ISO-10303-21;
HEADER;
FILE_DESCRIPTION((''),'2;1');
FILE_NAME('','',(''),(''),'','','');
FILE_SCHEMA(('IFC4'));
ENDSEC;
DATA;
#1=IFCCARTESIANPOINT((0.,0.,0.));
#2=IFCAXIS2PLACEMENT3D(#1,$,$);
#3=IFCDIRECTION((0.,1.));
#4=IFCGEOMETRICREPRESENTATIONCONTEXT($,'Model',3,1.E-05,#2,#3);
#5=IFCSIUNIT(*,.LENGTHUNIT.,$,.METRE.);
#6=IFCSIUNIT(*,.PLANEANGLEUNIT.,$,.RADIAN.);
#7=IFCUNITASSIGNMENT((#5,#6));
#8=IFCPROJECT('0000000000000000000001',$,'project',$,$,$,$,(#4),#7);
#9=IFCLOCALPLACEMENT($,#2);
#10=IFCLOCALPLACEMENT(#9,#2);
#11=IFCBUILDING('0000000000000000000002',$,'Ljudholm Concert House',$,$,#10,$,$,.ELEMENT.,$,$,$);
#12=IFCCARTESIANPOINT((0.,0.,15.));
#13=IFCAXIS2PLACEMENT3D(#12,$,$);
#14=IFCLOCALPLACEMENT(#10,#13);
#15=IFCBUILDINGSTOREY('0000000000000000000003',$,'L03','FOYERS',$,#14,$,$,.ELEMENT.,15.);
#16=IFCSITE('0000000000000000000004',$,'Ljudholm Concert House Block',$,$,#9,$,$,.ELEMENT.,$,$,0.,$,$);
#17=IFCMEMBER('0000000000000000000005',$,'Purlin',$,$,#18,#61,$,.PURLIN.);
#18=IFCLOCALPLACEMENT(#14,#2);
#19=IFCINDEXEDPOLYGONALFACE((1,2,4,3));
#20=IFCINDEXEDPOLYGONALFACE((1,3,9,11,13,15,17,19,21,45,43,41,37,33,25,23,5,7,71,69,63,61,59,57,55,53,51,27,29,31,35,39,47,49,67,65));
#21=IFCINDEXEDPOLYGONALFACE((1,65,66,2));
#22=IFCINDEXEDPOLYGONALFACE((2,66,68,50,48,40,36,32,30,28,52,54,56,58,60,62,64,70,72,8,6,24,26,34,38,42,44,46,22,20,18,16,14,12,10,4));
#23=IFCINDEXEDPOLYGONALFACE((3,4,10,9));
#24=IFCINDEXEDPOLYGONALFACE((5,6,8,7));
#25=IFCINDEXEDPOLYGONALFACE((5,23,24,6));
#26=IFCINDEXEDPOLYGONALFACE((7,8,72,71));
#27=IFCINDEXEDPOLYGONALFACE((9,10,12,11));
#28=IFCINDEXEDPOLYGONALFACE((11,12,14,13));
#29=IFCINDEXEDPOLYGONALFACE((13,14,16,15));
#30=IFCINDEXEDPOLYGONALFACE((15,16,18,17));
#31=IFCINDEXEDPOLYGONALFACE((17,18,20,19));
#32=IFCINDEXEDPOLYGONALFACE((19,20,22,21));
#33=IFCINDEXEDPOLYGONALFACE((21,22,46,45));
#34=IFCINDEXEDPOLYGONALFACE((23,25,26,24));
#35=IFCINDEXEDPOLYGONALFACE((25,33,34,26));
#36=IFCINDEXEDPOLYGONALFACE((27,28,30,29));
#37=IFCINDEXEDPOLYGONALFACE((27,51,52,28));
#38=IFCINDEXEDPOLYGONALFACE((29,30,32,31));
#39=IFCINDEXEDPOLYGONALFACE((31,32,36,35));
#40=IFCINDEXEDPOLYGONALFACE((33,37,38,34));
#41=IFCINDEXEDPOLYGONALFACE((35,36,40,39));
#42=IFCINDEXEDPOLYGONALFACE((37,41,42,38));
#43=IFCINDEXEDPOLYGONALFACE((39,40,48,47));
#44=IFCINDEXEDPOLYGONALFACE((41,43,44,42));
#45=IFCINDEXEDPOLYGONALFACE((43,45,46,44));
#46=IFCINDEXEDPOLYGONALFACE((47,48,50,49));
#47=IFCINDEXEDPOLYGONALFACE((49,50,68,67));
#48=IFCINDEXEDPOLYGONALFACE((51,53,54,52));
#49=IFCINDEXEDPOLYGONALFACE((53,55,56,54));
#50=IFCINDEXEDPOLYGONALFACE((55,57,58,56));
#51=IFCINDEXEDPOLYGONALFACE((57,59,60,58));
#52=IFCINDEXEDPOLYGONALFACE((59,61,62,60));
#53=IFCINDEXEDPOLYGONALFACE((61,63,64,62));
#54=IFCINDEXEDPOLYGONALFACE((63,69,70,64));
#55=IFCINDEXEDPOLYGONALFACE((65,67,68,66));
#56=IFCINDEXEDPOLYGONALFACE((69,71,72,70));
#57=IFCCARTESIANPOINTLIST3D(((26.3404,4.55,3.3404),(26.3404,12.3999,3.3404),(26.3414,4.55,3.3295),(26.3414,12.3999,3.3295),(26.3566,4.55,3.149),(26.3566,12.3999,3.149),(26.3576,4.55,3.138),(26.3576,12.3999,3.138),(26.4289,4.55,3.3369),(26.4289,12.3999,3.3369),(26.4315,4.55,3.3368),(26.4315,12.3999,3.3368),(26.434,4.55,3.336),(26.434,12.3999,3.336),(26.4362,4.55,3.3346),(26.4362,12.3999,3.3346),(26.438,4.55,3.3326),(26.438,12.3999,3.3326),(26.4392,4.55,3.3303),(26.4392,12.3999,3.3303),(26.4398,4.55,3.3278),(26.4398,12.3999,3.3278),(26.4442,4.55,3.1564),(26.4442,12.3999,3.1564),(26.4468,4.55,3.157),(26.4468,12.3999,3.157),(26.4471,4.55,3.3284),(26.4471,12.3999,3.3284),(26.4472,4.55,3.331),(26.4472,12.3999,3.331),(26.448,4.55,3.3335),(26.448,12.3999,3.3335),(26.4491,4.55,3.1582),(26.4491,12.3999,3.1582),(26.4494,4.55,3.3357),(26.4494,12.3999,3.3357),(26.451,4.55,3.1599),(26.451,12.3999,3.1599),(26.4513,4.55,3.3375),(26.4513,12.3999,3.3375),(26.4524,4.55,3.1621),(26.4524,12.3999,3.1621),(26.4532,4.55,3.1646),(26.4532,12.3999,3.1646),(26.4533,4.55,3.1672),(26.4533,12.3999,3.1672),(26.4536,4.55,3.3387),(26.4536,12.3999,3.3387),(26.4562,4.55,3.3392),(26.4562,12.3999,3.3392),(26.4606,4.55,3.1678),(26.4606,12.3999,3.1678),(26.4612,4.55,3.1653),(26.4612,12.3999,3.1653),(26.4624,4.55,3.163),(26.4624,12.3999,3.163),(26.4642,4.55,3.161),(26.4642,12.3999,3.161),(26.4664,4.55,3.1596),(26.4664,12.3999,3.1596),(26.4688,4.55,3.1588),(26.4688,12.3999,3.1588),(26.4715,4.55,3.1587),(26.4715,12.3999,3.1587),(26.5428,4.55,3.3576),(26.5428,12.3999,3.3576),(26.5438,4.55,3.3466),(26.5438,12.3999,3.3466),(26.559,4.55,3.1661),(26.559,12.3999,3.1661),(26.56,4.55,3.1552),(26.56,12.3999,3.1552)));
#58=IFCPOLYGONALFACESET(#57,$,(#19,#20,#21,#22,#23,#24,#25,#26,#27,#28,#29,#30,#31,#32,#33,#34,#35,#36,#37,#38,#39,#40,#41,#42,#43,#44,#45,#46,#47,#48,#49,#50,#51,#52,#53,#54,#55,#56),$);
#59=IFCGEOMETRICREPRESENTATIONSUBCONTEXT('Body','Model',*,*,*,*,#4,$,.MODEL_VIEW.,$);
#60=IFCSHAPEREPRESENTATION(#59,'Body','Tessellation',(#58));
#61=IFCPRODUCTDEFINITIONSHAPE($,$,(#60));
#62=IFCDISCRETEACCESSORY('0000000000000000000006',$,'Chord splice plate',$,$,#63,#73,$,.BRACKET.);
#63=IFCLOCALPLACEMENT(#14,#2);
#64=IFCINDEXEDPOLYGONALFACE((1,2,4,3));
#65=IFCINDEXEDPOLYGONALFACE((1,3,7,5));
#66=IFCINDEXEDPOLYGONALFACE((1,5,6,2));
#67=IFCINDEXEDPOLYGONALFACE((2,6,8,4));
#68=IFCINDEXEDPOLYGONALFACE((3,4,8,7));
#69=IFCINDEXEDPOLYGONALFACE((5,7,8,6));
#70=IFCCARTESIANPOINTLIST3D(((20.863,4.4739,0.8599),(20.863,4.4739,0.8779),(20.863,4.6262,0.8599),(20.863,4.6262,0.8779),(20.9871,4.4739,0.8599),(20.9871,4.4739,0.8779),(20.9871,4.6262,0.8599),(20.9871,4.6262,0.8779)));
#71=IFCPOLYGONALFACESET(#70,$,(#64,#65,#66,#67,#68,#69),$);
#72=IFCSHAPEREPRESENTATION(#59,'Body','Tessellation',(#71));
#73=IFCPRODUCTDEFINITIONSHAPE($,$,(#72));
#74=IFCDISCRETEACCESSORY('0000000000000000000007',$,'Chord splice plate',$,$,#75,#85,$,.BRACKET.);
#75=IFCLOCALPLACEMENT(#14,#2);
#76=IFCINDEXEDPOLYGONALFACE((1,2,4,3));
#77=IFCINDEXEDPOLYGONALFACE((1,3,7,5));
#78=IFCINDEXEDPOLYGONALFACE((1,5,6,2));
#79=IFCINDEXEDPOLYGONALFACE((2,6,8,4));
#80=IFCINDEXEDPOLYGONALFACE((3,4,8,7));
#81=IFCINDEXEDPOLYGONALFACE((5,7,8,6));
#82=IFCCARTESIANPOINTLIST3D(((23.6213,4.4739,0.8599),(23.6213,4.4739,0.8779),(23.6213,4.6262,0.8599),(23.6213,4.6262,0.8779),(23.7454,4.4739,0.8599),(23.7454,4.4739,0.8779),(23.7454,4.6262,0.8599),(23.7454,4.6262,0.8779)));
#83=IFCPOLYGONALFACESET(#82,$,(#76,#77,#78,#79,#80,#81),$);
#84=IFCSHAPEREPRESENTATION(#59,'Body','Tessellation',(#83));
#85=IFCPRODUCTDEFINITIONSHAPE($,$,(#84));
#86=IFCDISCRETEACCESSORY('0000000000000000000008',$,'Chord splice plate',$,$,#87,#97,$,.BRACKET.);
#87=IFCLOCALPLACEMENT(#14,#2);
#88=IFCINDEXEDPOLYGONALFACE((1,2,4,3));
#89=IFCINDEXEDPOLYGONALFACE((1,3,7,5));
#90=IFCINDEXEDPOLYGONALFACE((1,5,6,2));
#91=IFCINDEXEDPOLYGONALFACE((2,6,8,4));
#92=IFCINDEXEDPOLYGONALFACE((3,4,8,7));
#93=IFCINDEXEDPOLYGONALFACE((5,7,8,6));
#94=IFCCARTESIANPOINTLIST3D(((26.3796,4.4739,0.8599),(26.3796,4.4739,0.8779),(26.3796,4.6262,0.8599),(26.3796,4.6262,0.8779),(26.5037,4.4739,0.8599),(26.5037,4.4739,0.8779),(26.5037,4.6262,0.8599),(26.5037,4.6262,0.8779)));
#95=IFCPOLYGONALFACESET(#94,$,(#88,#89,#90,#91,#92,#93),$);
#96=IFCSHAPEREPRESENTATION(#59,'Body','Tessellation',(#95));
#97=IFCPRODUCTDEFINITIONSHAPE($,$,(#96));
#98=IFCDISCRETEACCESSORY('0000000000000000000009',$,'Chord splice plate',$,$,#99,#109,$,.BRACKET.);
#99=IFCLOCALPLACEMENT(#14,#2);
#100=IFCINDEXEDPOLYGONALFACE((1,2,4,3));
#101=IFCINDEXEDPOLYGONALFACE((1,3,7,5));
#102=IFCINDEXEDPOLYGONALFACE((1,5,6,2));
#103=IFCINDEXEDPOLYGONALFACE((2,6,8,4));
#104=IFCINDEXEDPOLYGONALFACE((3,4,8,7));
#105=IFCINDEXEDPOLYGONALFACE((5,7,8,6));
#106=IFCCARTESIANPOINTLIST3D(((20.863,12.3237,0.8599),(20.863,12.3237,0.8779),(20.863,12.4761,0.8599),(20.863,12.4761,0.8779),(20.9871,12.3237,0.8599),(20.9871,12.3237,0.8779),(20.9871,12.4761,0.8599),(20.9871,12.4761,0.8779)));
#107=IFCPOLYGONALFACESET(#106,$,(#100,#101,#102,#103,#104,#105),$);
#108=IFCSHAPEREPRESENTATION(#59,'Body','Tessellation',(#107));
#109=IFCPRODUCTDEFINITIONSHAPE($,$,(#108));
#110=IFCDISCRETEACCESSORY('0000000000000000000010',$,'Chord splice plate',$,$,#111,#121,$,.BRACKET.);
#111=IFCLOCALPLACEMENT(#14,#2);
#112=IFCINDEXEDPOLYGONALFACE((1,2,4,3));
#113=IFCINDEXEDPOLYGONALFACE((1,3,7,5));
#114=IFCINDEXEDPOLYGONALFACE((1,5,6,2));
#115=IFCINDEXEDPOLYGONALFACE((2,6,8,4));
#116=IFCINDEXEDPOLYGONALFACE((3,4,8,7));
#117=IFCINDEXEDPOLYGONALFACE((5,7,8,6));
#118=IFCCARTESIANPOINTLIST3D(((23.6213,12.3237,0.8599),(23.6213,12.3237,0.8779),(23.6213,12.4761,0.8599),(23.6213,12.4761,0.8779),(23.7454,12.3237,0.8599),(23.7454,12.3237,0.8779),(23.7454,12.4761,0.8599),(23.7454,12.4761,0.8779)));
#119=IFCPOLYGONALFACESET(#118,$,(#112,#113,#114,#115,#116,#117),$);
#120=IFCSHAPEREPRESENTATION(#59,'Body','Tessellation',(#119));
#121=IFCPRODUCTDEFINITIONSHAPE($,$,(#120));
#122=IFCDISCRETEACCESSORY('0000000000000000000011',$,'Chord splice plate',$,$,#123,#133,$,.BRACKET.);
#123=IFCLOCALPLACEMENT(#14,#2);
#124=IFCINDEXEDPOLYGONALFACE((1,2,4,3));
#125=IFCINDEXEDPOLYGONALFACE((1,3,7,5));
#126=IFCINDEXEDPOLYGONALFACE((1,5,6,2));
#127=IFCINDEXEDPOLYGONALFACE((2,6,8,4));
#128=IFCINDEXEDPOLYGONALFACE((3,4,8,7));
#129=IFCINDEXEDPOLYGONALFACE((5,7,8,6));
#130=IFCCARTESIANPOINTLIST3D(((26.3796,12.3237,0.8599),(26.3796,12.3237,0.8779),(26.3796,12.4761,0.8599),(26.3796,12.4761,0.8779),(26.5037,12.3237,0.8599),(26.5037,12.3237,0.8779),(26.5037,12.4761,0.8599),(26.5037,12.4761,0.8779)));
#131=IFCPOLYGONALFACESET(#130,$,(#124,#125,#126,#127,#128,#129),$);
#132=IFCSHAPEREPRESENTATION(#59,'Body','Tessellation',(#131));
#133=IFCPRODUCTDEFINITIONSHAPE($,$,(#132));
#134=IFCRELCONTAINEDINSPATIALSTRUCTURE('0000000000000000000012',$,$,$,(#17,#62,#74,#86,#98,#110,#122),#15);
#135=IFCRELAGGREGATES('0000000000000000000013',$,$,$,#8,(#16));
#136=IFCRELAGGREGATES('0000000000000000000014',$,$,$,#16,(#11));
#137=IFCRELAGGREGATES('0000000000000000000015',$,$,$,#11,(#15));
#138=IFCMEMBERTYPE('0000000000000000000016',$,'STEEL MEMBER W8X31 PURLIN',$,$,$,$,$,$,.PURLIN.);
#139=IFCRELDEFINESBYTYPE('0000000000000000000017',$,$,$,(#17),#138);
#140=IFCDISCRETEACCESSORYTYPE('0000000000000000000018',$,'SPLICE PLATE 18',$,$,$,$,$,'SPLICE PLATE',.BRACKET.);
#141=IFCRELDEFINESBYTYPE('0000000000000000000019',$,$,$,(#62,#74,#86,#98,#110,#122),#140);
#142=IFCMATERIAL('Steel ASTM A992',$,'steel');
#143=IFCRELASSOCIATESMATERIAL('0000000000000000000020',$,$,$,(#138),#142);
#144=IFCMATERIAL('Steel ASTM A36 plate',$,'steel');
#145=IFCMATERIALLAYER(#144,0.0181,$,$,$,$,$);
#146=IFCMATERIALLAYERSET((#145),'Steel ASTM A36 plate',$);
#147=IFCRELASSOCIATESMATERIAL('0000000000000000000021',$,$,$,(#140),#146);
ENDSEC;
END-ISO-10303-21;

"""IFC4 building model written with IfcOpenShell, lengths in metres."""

from ifc_helpers import new_model, si_unit, direction, frame, origin, origin_2d, place, context, subcontext, project, spatial, rectangle, i_section, extrude, material, layer, layer_set, material_profile, profile_set, type_object, element, save


model = new_model("IFC4")

# Units and contexts
model_context = context("Model", 3, precision=1e-05, world=origin(), true_north=direction((0.0, 1.0)))
body_context = subcontext(model_context, "Body", "Model", "MODEL_VIEW")
ifc_project = project(units=[si_unit("LENGTHUNIT", "METRE"), si_unit("PLANEANGLEUNIT", "RADIAN")], contexts=[model_context])

# Site, building, storey
site_placement = place(None, origin())
site = spatial("IfcSite", under=ifc_project, at=site_placement, Name="Ljudholm Concert House Block", CompositionType="ELEMENT", RefElevation=0.0)
building_placement = place(site_placement, origin())
building = spatial("IfcBuilding", under=site, at=building_placement, Name="Ljudholm Concert House", CompositionType="ELEMENT")
storey_placement = place(building_placement, frame((0.0, 0.0, 15.0)))
storey = spatial("IfcBuildingStorey", under=building, at=storey_placement, Name="L03", Description="FOYERS", CompositionType="ELEMENT", Elevation=15.0)

# Member
ifc_material_1 = material(Name="Steel ASTM A992", Category="steel")
ifc_material_profile_1 = material_profile(ifc_material_1, i_section(OverallWidth=0.2031, OverallDepth=0.2031, WebThickness=0.0073, FlangeThickness=0.011, FilletRadius=0.01, at=origin_2d()), Name="W8X31")
ifc_profile_set_1 = profile_set([ifc_material_profile_1], Name="Steel ASTM A992")
member_type_1 = type_object("IfcMemberType", Name="STEEL MEMBER W8X31 PURLIN", PredefinedType="PURLIN", material=ifc_profile_set_1)
for number, where, z_axis, x_axis, name in (
    (1, (26.4502, 4.55, 3.2478), (0.0, 1.0, 0.0), (-0.996441, 0.0, -0.084291), "Purlin"),
):
    element("IfcMember", number, at=place(storey_placement, frame(where, z_axis=z_axis, x_axis=x_axis)), inside=storey, type_object=member_type_1, Name=name, PredefinedType="PURLIN", context=body_context, shape_type="SweptSolid", body=[
        extrude(i_section(OverallWidth=0.2031, OverallDepth=0.2031, WebThickness=0.0073, FlangeThickness=0.011, FilletRadius=0.01, at=origin_2d()), origin(), (0.0, 0.0, 1.0), 7.8499),
    ])

# Discrete accessories
ifc_material_2 = material(Name="Steel ASTM A36 plate", Category="steel")
ifc_layer = layer(ifc_material_2, 0.0181)
ifc_layer_set = layer_set([ifc_layer], Name="Steel ASTM A36 plate")
discrete_accessory_type = type_object("IfcDiscreteAccessoryType", Name="SPLICE PLATE 18", ElementType="SPLICE PLATE", PredefinedType="BRACKET", material=ifc_layer_set)
for number, where, z_axis, x_axis, name in (
    (2, (20.925, 4.55, 0.8599), (0.0, 0.0, 1.0), (1.0, 0.0, 0.0), "Chord splice plate"),
    (3, (23.6833, 4.55, 0.8599), (0.0, 0.0, 1.0), (1.0, 0.0, 0.0), "Chord splice plate"),
    (4, (26.4417, 4.55, 0.8599), (0.0, 0.0, 1.0), (1.0, 0.0, 0.0), "Chord splice plate"),
    (5, (20.925, 12.3999, 0.8599), (0.0, 0.0, 1.0), (1.0, 0.0, 0.0), "Chord splice plate"),
    (6, (23.6833, 12.3999, 0.8599), (0.0, 0.0, 1.0), (1.0, 0.0, 0.0), "Chord splice plate"),
    (7, (26.4417, 12.3999, 0.8599), (0.0, 0.0, 1.0), (1.0, 0.0, 0.0), "Chord splice plate"),
):
    element("IfcDiscreteAccessory", number, at=place(storey_placement, frame(where, z_axis=z_axis, x_axis=x_axis)), inside=storey, type_object=discrete_accessory_type, Name=name, PredefinedType="BRACKET", context=body_context, shape_type="SweptSolid", body=[
        extrude(rectangle(XDim=0.124, YDim=0.1523, at=origin_2d()), origin(), (0.0, 0.0, 1.0), 0.0181),
    ])

save(model, "model.ifc")
